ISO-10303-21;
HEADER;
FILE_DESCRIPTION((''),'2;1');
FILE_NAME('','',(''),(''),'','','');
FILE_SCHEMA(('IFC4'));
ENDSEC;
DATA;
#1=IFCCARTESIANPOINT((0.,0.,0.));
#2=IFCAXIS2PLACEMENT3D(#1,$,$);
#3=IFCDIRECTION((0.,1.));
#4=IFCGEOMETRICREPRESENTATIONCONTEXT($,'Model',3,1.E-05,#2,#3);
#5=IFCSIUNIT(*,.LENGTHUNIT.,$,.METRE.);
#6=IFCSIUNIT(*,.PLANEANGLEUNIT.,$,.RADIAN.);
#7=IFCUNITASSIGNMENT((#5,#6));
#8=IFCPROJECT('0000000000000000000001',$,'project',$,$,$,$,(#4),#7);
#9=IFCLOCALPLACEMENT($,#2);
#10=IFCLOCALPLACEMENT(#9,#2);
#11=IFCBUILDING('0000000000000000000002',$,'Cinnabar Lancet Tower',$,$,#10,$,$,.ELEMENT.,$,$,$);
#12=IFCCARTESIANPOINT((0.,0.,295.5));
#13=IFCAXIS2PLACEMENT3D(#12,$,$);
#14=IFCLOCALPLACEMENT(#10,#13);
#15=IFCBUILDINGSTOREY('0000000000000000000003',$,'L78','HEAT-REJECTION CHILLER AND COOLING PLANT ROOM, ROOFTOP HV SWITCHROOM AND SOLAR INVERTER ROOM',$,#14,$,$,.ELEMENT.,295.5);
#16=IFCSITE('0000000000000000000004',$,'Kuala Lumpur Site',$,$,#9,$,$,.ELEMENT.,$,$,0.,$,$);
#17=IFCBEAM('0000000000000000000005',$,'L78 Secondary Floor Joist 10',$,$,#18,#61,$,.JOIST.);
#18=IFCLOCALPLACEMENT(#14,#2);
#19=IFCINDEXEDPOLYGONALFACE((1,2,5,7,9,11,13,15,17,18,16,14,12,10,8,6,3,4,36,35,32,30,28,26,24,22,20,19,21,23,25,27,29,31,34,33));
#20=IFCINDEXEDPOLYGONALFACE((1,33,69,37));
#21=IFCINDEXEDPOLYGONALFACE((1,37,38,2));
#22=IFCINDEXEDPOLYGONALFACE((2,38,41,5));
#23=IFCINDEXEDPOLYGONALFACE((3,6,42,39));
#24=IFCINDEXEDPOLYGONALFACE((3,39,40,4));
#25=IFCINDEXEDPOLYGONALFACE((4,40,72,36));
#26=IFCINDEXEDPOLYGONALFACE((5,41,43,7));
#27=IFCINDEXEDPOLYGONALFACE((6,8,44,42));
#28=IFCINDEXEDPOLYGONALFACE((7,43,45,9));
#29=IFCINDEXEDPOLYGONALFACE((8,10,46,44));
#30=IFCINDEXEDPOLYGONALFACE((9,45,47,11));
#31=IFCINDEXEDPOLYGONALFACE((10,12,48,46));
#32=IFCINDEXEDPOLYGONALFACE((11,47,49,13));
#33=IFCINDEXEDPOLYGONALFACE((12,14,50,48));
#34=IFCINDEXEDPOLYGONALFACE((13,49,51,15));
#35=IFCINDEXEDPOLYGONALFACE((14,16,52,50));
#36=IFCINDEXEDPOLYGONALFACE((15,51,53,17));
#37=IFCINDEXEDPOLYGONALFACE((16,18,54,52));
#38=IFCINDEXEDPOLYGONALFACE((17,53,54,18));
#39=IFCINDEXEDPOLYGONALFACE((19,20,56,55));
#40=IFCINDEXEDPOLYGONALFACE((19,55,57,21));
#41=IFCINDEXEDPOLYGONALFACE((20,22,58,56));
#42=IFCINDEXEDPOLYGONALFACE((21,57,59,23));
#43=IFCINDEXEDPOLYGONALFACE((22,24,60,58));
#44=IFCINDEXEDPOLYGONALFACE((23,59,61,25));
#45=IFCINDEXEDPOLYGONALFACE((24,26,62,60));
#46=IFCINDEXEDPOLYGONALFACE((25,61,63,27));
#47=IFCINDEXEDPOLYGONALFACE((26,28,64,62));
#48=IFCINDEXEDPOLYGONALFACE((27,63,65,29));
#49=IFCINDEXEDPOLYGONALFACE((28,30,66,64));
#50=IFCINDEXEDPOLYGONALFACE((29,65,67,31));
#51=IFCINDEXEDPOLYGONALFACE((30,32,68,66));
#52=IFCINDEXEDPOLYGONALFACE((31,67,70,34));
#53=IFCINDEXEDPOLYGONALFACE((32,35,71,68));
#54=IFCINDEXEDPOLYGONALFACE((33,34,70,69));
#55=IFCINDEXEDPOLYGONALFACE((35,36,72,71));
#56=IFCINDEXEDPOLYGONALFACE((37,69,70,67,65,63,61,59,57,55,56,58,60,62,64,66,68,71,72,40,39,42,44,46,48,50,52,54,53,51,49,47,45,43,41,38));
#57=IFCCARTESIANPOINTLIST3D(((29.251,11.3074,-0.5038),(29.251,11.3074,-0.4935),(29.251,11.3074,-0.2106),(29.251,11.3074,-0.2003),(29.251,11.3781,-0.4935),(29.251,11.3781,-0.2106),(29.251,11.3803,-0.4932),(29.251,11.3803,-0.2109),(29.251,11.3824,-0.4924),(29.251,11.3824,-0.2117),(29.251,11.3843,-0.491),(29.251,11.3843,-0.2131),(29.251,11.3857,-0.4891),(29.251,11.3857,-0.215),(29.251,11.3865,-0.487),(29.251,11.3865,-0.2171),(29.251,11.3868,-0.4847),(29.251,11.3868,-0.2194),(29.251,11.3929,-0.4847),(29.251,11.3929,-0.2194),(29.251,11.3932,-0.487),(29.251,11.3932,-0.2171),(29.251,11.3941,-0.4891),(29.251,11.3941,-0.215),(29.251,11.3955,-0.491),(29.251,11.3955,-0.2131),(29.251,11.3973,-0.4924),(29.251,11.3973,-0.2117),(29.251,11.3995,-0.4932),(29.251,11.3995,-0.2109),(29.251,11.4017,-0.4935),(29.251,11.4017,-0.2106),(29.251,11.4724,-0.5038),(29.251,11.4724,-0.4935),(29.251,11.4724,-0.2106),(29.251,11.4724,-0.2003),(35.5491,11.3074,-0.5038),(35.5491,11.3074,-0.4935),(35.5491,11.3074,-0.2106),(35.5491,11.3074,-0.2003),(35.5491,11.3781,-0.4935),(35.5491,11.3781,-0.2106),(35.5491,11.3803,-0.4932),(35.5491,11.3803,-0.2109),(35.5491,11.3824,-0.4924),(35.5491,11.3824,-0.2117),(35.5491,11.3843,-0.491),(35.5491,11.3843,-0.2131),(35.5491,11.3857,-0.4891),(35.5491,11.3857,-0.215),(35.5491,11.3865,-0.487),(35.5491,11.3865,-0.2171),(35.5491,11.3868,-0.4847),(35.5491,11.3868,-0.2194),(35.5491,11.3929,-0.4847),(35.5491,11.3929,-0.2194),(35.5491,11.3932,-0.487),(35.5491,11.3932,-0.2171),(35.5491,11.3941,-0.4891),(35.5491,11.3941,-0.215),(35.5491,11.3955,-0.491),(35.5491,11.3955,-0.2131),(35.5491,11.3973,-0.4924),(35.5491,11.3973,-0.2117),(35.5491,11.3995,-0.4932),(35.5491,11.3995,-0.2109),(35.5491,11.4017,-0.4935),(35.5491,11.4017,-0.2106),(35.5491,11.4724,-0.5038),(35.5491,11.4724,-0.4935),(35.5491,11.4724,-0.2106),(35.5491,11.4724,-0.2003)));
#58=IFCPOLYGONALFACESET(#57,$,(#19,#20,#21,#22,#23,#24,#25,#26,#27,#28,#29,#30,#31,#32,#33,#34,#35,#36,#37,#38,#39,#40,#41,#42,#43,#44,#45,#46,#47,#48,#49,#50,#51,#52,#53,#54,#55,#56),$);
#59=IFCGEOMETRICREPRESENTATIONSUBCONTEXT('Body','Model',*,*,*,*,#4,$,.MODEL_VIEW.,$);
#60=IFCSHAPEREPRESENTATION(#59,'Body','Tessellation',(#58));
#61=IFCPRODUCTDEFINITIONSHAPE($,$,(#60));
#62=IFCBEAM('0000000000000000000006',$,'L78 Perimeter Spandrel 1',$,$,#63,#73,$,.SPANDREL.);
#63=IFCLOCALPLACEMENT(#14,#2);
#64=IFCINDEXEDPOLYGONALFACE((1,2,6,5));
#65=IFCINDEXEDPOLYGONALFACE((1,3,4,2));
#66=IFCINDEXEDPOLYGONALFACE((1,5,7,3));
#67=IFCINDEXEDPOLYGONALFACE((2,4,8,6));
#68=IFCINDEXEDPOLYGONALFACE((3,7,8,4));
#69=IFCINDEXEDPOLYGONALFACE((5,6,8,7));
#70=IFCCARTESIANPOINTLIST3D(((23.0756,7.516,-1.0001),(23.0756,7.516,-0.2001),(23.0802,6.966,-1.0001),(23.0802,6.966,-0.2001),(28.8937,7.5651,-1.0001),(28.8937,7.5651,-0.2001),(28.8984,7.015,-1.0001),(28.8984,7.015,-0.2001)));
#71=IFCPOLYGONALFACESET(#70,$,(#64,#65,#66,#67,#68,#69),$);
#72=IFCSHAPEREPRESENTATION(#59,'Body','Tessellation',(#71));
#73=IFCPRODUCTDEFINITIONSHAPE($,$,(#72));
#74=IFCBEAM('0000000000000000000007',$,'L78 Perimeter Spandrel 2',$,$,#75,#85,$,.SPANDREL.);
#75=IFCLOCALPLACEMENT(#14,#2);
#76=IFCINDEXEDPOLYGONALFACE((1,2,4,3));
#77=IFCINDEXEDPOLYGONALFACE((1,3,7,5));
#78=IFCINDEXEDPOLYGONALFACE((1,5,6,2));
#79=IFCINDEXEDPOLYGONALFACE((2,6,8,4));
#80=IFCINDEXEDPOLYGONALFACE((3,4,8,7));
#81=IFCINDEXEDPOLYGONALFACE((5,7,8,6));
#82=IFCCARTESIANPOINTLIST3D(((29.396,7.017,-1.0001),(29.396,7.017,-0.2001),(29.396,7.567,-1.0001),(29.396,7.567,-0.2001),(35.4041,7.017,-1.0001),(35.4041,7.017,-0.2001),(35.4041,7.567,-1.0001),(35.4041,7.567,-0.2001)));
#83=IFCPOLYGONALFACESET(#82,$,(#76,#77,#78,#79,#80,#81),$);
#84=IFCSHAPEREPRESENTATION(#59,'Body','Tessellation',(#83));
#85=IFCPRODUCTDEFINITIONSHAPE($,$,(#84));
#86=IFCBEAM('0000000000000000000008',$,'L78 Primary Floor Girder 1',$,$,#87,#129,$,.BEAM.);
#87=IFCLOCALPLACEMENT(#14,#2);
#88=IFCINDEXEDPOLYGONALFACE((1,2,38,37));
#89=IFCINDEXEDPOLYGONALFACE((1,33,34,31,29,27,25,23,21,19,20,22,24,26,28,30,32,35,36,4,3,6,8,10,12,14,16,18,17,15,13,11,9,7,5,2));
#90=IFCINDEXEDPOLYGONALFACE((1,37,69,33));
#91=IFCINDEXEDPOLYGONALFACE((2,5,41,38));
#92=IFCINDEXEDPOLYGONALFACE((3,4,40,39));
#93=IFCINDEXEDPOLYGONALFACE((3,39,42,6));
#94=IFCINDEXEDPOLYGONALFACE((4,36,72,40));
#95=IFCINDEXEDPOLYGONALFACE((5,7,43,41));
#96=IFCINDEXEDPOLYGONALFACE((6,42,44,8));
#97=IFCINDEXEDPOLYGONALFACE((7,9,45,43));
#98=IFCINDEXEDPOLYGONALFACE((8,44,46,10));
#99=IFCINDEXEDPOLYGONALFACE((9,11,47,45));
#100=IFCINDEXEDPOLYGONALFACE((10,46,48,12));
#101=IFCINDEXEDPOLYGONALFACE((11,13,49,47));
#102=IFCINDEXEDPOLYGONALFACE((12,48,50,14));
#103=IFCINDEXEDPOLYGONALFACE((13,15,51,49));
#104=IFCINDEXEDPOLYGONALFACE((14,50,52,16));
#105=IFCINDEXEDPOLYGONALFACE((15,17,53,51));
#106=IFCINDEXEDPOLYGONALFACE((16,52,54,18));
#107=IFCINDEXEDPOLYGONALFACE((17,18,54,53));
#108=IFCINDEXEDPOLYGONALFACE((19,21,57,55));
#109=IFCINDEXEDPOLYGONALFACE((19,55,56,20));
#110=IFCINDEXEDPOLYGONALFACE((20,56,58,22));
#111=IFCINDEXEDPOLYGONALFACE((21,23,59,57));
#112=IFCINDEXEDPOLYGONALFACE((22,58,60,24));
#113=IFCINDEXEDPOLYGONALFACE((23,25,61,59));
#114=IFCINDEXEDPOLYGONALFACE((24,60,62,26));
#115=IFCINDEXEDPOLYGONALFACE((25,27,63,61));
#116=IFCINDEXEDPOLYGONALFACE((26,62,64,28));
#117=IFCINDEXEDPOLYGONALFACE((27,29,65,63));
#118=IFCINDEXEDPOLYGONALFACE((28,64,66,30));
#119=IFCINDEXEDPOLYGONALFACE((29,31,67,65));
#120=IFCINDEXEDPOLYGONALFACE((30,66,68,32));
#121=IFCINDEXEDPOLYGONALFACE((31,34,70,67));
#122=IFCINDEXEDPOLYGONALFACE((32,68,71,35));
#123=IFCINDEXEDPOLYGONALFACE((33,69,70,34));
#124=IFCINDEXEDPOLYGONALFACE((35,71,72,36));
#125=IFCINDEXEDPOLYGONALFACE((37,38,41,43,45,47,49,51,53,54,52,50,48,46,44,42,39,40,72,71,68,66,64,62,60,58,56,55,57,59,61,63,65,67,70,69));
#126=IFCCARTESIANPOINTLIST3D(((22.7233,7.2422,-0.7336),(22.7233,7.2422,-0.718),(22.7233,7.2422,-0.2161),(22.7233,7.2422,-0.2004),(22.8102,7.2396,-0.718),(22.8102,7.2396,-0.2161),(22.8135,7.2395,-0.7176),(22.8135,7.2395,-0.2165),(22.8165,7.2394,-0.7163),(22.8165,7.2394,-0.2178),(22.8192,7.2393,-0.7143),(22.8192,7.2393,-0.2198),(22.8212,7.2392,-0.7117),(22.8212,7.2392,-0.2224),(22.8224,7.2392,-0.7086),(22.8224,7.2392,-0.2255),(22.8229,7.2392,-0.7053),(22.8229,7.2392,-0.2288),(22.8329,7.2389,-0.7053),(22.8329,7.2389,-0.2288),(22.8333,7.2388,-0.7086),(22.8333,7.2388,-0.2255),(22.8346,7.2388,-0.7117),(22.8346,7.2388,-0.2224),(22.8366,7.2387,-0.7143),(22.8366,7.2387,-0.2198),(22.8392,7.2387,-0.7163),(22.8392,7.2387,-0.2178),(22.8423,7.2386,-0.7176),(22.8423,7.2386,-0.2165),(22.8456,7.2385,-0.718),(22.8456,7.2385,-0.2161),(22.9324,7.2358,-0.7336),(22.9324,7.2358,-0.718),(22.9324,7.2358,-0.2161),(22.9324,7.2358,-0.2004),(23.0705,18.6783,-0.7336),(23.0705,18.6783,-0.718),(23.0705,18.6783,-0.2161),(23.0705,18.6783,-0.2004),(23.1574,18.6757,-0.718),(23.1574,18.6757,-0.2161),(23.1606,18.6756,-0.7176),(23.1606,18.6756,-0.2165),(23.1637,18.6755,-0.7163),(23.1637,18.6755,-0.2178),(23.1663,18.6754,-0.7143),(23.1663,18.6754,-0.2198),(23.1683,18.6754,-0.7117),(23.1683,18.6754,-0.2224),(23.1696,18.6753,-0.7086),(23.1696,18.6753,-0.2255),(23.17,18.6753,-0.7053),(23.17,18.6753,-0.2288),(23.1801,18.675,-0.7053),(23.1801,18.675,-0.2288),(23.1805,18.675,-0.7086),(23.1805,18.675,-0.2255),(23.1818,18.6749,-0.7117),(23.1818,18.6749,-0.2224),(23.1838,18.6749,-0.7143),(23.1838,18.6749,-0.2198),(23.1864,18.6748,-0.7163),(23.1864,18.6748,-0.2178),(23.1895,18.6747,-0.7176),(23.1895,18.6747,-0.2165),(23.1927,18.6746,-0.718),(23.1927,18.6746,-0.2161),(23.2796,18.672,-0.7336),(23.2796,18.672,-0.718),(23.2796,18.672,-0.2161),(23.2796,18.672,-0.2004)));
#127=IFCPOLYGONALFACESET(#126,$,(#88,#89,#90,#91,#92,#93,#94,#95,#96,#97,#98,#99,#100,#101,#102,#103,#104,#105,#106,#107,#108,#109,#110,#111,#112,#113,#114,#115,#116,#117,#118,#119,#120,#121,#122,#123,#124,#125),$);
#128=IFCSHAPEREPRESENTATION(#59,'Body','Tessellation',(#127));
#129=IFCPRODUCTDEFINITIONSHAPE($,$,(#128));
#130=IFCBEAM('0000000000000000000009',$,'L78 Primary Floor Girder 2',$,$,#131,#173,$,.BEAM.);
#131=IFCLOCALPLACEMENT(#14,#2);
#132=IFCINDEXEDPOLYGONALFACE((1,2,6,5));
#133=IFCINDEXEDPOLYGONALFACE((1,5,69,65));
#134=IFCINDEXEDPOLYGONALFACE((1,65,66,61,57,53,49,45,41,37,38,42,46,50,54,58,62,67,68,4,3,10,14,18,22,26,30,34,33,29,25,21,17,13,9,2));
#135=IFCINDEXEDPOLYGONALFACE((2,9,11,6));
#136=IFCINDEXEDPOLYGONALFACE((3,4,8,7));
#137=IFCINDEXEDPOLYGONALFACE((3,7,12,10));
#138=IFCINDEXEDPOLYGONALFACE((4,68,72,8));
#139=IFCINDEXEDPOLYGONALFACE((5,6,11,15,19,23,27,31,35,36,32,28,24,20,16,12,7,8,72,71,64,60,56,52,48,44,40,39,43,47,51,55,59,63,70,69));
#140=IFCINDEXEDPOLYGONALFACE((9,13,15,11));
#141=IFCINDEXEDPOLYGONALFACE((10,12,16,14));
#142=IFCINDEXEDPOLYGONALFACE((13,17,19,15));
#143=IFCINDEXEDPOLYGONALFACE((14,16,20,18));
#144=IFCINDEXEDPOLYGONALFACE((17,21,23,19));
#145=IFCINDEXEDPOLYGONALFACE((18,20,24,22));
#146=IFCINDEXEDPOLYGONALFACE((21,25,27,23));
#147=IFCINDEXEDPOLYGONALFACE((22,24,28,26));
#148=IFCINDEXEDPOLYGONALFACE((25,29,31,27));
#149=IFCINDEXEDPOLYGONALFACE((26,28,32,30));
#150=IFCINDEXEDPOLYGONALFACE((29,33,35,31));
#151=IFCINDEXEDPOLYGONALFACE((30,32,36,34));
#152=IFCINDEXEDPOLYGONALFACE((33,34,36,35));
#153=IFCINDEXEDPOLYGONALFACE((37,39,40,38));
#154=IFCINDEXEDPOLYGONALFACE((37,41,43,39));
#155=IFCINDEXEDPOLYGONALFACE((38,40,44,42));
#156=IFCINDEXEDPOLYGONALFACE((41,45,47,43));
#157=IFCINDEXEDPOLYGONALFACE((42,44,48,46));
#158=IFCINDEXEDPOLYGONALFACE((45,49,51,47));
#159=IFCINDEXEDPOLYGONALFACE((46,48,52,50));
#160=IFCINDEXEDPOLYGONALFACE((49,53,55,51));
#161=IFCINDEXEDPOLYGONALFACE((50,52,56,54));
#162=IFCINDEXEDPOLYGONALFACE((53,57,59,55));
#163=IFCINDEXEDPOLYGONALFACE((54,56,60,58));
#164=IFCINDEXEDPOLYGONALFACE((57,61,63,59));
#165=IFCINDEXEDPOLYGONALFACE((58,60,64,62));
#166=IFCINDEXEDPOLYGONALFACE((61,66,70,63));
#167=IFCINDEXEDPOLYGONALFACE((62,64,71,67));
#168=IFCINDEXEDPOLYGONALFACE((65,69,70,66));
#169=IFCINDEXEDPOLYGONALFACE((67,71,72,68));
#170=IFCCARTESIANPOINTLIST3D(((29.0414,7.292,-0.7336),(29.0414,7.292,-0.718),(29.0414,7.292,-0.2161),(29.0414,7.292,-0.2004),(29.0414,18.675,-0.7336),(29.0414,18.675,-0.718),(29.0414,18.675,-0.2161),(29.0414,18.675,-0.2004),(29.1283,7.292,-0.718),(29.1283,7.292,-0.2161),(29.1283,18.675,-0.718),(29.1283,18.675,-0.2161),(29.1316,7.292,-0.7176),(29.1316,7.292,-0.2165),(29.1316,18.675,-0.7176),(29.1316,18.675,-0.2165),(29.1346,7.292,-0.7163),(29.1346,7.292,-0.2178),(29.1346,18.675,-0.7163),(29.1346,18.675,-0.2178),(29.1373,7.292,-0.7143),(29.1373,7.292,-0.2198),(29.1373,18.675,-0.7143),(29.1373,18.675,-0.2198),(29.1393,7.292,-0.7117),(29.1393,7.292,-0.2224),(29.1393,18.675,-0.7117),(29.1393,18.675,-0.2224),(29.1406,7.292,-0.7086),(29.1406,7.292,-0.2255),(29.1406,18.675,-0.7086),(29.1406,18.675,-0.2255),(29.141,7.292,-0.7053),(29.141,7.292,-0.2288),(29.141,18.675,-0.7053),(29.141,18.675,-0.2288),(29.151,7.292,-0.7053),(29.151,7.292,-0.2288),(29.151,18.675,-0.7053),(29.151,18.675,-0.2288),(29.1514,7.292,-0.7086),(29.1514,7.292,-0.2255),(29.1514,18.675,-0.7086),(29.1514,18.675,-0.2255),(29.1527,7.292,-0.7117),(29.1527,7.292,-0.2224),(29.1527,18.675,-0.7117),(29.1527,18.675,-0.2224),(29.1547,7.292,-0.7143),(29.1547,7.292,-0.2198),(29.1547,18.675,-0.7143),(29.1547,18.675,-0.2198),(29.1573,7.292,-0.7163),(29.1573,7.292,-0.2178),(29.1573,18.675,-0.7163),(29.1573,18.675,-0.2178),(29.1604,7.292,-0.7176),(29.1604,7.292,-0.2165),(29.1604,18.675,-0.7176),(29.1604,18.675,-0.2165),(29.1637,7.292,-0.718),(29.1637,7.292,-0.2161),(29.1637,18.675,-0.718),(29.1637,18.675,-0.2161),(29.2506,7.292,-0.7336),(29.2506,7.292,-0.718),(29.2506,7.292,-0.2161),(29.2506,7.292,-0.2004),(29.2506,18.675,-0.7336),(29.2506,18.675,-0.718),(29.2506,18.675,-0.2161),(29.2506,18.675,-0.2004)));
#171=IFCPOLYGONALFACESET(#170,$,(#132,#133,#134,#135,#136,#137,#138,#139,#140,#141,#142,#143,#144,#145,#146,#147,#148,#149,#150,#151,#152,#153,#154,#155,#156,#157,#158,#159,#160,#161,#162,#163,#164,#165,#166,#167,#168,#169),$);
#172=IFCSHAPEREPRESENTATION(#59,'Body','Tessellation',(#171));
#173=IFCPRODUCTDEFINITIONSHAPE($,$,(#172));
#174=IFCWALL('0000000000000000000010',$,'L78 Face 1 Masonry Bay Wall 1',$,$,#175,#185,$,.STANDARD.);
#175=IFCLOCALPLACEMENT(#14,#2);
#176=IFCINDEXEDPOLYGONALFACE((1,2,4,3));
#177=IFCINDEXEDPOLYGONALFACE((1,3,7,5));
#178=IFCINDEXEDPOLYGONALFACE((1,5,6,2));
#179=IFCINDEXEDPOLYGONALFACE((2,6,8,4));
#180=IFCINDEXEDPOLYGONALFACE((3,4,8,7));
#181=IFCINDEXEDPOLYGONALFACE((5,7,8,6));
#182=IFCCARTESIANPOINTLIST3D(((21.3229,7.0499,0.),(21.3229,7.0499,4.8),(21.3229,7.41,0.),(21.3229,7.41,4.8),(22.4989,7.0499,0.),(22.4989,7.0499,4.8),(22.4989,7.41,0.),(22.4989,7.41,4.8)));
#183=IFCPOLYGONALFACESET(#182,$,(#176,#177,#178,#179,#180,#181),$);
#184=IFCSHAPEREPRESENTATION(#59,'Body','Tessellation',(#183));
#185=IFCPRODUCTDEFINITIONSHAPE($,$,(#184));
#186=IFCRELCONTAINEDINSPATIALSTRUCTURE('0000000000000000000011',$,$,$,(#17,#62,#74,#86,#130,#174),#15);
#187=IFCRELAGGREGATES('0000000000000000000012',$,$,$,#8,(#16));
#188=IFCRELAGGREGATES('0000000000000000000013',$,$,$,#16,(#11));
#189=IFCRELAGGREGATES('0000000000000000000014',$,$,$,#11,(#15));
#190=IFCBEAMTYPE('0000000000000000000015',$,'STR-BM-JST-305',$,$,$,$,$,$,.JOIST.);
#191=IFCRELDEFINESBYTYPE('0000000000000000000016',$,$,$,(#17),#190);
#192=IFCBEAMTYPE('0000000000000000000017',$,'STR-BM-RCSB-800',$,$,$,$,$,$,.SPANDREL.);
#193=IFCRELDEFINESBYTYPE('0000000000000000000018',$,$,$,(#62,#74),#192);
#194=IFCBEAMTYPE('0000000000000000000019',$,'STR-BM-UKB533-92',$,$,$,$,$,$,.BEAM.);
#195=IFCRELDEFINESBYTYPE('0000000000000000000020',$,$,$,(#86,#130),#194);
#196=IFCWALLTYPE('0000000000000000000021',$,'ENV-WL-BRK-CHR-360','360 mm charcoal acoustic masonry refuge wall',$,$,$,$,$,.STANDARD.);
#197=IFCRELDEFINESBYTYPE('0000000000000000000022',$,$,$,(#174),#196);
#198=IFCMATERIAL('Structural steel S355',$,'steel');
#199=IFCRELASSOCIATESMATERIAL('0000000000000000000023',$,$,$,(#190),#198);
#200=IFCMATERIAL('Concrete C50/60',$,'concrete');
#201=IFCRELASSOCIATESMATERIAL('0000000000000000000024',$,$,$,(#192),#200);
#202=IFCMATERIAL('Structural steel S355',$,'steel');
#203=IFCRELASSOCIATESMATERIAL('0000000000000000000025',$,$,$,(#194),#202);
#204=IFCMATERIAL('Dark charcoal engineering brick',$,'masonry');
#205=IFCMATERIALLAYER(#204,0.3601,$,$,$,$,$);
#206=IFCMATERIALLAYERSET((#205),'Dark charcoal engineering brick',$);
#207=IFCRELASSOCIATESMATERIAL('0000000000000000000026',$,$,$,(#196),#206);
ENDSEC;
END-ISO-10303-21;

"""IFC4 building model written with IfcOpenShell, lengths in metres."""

from ifc_helpers import new_model, si_unit, direction, frame, frame_2d, origin, origin_2d, place, context, subcontext, project, spatial, rectangle, i_section, extrude, material, layer, layer_set, material_profile, profile_set, type_object, element, save


model = new_model("IFC4")

# Units and contexts
model_context = context("Model", 3, precision=1e-05, world=origin(), true_north=direction((0.0, 1.0)))
body_context = subcontext(model_context, "Body", "Model", "MODEL_VIEW")
ifc_project = project(units=[si_unit("LENGTHUNIT", "METRE"), si_unit("PLANEANGLEUNIT", "RADIAN")], contexts=[model_context])

# Site, building, storey
site_placement = place(None, origin())
site = spatial("IfcSite", under=ifc_project, at=site_placement, Name="Kuala Lumpur Site", CompositionType="ELEMENT", RefElevation=0.0)
building_placement = place(site_placement, origin())
building = spatial("IfcBuilding", under=site, at=building_placement, Name="Cinnabar Lancet Tower", CompositionType="ELEMENT")
storey_placement = place(building_placement, frame((0.0, 0.0, 295.5)))
storey = spatial("IfcBuildingStorey", under=building, at=storey_placement, Name="L78", Description="HEAT-REJECTION CHILLER AND COOLING PLANT ROOM, ROOFTOP HV SWITCHROOM AND SOLAR INVERTER ROOM", CompositionType="ELEMENT", Elevation=295.5)

# Beams
ifc_material_1 = material(Name="Structural steel S355", Category="steel")
ifc_material_profile_1 = material_profile(ifc_material_1, i_section(OverallWidth=0.165, OverallDepth=0.3035, WebThickness=0.0061, FlangeThickness=0.0103, FilletRadius=0.0088, at=origin_2d()), Name="UKB 305x165x40")
ifc_profile_set_1 = profile_set([ifc_material_profile_1], Name="Structural steel S355")
beam_type_1 = type_object("IfcBeamType", Name="STR-BM-JST-305", PredefinedType="JOIST", material=ifc_profile_set_1)
beam_1_placement = place(storey_placement, frame((29.251, 11.3899, -0.3521), z_axis=(1.0, 0.0, 0.0), x_axis=(0.0, 1.0, 0.0)))
element("IfcBeam", 1, at=beam_1_placement, inside=storey, type_object=beam_type_1, Name="L78 Secondary Floor Joist 10", PredefinedType="JOIST", context=body_context, shape_type="SweptSolid", body=[
    extrude(i_section(OverallWidth=0.165, OverallDepth=0.3035, WebThickness=0.0061, FlangeThickness=0.0103, FilletRadius=0.0088, at=origin_2d()), origin(), (0.0, 0.0, 1.0), 6.2981),
])
ifc_material_2 = material(Name="Concrete C50/60", Category="concrete")
ifc_material_profile_2 = material_profile(ifc_material_2, rectangle(XDim=0.55, YDim=0.8, at=origin_2d()), Name="RC-SB 550x800")
ifc_profile_set_2 = profile_set([ifc_material_profile_2], Name="Concrete C50/60")
beam_type_2 = type_object("IfcBeamType", Name="STR-BM-RCSB-800", PredefinedType="SPANDREL", material=ifc_profile_set_2)
beam_2_placement = place(storey_placement, frame((23.0779, 7.241, -0.6001), z_axis=(0.999964, 0.008434, 0.0), x_axis=(-0.008434, 0.999964, 0.0)))
element("IfcBeam", 2, at=beam_2_placement, inside=storey, type_object=beam_type_2, Name="L78 Perimeter Spandrel 1", PredefinedType="SPANDREL", context=body_context, shape_type="SweptSolid", body=[
    extrude(rectangle(XDim=0.55, YDim=0.8, at=origin_2d()), origin(), (0.0, 0.0, 1.0), 5.8184),
])
beam_3_placement = place(storey_placement, frame((29.396, 7.292, -0.6001), z_axis=(1.0, 0.0, 0.0), x_axis=(0.0, 1.0, 0.0)))
element("IfcBeam", 3, at=beam_3_placement, inside=storey, type_object=beam_type_2, Name="L78 Perimeter Spandrel 2", PredefinedType="SPANDREL", context=body_context, shape_type="SweptSolid", body=[
    extrude(rectangle(XDim=0.55, YDim=0.8, at=origin_2d()), origin(), (0.0, 0.0, 1.0), 6.0081),
])
ifc_material_3 = material(Name="Structural steel S355", Category="steel")
ifc_material_profile_3 = material_profile(ifc_material_3, i_section(OverallWidth=0.2092, OverallDepth=0.5332, WebThickness=0.01, FlangeThickness=0.0156, FilletRadius=0.0127, at=origin_2d()), Name="UKB 533x210x92")
ifc_profile_set_3 = profile_set([ifc_material_profile_3], Name="Structural steel S355")
beam_type_3 = type_object("IfcBeamType", Name="STR-BM-UKB533-92", PredefinedType="BEAM", material=ifc_profile_set_3)
beam_4_placement = place(storey_placement, frame((22.8279, 7.239, -0.467), z_axis=(0.030343, 0.99954, 0.0), x_axis=(-0.99954, 0.030343, 0.0)))
element("IfcBeam", 4, at=beam_4_placement, inside=storey, type_object=beam_type_3, Name="L78 Primary Floor Girder 1", PredefinedType="BEAM", context=body_context, shape_type="SweptSolid", body=[
    extrude(i_section(OverallWidth=0.2092, OverallDepth=0.5332, WebThickness=0.01, FlangeThickness=0.0156, FilletRadius=0.0127, at=origin_2d()), origin(), (0.0, 0.0, 1.0), 11.4414),
])
beam_5_placement = place(storey_placement, frame((29.146, 7.292, -0.467), z_axis=(0.0, 1.0, 0.0), x_axis=(-1.0, 0.0, 0.0)))
element("IfcBeam", 5, at=beam_5_placement, inside=storey, type_object=beam_type_3, Name="L78 Primary Floor Girder 2", PredefinedType="BEAM", context=body_context, shape_type="SweptSolid", body=[
    extrude(i_section(OverallWidth=0.2092, OverallDepth=0.5332, WebThickness=0.01, FlangeThickness=0.0156, FilletRadius=0.0127, at=origin_2d()), origin(), (0.0, 0.0, 1.0), 11.3831),
])

# Wall
ifc_material_4 = material(Name="Dark charcoal engineering brick", Category="masonry")
ifc_layer = layer(ifc_material_4, 0.3601)
ifc_layer_set = layer_set([ifc_layer], Name="Dark charcoal engineering brick")
wall_type = type_object("IfcWallType", Name="ENV-WL-BRK-CHR-360", Description="360 mm charcoal acoustic masonry refuge wall", PredefinedType="STANDARD", material=ifc_layer_set)
wall_1_placement = place(storey_placement, frame((21.323, 7.23, 0.0), z_axis=(0.0, 0.0, 1.0), x_axis=(1.0, 0.0, 0.0)))
element("IfcWall", 6, at=wall_1_placement, inside=storey, type_object=wall_type, Name="L78 Face 1 Masonry Bay Wall 1", PredefinedType="STANDARD", context=body_context, shape_type="SweptSolid", body=[
    extrude(rectangle(XDim=1.176, YDim=0.3601, at=frame_2d((0.5879, 0.0))), origin(), (0.0, 0.0, 1.0), 4.8),
])

save(model, "model.ifc")
